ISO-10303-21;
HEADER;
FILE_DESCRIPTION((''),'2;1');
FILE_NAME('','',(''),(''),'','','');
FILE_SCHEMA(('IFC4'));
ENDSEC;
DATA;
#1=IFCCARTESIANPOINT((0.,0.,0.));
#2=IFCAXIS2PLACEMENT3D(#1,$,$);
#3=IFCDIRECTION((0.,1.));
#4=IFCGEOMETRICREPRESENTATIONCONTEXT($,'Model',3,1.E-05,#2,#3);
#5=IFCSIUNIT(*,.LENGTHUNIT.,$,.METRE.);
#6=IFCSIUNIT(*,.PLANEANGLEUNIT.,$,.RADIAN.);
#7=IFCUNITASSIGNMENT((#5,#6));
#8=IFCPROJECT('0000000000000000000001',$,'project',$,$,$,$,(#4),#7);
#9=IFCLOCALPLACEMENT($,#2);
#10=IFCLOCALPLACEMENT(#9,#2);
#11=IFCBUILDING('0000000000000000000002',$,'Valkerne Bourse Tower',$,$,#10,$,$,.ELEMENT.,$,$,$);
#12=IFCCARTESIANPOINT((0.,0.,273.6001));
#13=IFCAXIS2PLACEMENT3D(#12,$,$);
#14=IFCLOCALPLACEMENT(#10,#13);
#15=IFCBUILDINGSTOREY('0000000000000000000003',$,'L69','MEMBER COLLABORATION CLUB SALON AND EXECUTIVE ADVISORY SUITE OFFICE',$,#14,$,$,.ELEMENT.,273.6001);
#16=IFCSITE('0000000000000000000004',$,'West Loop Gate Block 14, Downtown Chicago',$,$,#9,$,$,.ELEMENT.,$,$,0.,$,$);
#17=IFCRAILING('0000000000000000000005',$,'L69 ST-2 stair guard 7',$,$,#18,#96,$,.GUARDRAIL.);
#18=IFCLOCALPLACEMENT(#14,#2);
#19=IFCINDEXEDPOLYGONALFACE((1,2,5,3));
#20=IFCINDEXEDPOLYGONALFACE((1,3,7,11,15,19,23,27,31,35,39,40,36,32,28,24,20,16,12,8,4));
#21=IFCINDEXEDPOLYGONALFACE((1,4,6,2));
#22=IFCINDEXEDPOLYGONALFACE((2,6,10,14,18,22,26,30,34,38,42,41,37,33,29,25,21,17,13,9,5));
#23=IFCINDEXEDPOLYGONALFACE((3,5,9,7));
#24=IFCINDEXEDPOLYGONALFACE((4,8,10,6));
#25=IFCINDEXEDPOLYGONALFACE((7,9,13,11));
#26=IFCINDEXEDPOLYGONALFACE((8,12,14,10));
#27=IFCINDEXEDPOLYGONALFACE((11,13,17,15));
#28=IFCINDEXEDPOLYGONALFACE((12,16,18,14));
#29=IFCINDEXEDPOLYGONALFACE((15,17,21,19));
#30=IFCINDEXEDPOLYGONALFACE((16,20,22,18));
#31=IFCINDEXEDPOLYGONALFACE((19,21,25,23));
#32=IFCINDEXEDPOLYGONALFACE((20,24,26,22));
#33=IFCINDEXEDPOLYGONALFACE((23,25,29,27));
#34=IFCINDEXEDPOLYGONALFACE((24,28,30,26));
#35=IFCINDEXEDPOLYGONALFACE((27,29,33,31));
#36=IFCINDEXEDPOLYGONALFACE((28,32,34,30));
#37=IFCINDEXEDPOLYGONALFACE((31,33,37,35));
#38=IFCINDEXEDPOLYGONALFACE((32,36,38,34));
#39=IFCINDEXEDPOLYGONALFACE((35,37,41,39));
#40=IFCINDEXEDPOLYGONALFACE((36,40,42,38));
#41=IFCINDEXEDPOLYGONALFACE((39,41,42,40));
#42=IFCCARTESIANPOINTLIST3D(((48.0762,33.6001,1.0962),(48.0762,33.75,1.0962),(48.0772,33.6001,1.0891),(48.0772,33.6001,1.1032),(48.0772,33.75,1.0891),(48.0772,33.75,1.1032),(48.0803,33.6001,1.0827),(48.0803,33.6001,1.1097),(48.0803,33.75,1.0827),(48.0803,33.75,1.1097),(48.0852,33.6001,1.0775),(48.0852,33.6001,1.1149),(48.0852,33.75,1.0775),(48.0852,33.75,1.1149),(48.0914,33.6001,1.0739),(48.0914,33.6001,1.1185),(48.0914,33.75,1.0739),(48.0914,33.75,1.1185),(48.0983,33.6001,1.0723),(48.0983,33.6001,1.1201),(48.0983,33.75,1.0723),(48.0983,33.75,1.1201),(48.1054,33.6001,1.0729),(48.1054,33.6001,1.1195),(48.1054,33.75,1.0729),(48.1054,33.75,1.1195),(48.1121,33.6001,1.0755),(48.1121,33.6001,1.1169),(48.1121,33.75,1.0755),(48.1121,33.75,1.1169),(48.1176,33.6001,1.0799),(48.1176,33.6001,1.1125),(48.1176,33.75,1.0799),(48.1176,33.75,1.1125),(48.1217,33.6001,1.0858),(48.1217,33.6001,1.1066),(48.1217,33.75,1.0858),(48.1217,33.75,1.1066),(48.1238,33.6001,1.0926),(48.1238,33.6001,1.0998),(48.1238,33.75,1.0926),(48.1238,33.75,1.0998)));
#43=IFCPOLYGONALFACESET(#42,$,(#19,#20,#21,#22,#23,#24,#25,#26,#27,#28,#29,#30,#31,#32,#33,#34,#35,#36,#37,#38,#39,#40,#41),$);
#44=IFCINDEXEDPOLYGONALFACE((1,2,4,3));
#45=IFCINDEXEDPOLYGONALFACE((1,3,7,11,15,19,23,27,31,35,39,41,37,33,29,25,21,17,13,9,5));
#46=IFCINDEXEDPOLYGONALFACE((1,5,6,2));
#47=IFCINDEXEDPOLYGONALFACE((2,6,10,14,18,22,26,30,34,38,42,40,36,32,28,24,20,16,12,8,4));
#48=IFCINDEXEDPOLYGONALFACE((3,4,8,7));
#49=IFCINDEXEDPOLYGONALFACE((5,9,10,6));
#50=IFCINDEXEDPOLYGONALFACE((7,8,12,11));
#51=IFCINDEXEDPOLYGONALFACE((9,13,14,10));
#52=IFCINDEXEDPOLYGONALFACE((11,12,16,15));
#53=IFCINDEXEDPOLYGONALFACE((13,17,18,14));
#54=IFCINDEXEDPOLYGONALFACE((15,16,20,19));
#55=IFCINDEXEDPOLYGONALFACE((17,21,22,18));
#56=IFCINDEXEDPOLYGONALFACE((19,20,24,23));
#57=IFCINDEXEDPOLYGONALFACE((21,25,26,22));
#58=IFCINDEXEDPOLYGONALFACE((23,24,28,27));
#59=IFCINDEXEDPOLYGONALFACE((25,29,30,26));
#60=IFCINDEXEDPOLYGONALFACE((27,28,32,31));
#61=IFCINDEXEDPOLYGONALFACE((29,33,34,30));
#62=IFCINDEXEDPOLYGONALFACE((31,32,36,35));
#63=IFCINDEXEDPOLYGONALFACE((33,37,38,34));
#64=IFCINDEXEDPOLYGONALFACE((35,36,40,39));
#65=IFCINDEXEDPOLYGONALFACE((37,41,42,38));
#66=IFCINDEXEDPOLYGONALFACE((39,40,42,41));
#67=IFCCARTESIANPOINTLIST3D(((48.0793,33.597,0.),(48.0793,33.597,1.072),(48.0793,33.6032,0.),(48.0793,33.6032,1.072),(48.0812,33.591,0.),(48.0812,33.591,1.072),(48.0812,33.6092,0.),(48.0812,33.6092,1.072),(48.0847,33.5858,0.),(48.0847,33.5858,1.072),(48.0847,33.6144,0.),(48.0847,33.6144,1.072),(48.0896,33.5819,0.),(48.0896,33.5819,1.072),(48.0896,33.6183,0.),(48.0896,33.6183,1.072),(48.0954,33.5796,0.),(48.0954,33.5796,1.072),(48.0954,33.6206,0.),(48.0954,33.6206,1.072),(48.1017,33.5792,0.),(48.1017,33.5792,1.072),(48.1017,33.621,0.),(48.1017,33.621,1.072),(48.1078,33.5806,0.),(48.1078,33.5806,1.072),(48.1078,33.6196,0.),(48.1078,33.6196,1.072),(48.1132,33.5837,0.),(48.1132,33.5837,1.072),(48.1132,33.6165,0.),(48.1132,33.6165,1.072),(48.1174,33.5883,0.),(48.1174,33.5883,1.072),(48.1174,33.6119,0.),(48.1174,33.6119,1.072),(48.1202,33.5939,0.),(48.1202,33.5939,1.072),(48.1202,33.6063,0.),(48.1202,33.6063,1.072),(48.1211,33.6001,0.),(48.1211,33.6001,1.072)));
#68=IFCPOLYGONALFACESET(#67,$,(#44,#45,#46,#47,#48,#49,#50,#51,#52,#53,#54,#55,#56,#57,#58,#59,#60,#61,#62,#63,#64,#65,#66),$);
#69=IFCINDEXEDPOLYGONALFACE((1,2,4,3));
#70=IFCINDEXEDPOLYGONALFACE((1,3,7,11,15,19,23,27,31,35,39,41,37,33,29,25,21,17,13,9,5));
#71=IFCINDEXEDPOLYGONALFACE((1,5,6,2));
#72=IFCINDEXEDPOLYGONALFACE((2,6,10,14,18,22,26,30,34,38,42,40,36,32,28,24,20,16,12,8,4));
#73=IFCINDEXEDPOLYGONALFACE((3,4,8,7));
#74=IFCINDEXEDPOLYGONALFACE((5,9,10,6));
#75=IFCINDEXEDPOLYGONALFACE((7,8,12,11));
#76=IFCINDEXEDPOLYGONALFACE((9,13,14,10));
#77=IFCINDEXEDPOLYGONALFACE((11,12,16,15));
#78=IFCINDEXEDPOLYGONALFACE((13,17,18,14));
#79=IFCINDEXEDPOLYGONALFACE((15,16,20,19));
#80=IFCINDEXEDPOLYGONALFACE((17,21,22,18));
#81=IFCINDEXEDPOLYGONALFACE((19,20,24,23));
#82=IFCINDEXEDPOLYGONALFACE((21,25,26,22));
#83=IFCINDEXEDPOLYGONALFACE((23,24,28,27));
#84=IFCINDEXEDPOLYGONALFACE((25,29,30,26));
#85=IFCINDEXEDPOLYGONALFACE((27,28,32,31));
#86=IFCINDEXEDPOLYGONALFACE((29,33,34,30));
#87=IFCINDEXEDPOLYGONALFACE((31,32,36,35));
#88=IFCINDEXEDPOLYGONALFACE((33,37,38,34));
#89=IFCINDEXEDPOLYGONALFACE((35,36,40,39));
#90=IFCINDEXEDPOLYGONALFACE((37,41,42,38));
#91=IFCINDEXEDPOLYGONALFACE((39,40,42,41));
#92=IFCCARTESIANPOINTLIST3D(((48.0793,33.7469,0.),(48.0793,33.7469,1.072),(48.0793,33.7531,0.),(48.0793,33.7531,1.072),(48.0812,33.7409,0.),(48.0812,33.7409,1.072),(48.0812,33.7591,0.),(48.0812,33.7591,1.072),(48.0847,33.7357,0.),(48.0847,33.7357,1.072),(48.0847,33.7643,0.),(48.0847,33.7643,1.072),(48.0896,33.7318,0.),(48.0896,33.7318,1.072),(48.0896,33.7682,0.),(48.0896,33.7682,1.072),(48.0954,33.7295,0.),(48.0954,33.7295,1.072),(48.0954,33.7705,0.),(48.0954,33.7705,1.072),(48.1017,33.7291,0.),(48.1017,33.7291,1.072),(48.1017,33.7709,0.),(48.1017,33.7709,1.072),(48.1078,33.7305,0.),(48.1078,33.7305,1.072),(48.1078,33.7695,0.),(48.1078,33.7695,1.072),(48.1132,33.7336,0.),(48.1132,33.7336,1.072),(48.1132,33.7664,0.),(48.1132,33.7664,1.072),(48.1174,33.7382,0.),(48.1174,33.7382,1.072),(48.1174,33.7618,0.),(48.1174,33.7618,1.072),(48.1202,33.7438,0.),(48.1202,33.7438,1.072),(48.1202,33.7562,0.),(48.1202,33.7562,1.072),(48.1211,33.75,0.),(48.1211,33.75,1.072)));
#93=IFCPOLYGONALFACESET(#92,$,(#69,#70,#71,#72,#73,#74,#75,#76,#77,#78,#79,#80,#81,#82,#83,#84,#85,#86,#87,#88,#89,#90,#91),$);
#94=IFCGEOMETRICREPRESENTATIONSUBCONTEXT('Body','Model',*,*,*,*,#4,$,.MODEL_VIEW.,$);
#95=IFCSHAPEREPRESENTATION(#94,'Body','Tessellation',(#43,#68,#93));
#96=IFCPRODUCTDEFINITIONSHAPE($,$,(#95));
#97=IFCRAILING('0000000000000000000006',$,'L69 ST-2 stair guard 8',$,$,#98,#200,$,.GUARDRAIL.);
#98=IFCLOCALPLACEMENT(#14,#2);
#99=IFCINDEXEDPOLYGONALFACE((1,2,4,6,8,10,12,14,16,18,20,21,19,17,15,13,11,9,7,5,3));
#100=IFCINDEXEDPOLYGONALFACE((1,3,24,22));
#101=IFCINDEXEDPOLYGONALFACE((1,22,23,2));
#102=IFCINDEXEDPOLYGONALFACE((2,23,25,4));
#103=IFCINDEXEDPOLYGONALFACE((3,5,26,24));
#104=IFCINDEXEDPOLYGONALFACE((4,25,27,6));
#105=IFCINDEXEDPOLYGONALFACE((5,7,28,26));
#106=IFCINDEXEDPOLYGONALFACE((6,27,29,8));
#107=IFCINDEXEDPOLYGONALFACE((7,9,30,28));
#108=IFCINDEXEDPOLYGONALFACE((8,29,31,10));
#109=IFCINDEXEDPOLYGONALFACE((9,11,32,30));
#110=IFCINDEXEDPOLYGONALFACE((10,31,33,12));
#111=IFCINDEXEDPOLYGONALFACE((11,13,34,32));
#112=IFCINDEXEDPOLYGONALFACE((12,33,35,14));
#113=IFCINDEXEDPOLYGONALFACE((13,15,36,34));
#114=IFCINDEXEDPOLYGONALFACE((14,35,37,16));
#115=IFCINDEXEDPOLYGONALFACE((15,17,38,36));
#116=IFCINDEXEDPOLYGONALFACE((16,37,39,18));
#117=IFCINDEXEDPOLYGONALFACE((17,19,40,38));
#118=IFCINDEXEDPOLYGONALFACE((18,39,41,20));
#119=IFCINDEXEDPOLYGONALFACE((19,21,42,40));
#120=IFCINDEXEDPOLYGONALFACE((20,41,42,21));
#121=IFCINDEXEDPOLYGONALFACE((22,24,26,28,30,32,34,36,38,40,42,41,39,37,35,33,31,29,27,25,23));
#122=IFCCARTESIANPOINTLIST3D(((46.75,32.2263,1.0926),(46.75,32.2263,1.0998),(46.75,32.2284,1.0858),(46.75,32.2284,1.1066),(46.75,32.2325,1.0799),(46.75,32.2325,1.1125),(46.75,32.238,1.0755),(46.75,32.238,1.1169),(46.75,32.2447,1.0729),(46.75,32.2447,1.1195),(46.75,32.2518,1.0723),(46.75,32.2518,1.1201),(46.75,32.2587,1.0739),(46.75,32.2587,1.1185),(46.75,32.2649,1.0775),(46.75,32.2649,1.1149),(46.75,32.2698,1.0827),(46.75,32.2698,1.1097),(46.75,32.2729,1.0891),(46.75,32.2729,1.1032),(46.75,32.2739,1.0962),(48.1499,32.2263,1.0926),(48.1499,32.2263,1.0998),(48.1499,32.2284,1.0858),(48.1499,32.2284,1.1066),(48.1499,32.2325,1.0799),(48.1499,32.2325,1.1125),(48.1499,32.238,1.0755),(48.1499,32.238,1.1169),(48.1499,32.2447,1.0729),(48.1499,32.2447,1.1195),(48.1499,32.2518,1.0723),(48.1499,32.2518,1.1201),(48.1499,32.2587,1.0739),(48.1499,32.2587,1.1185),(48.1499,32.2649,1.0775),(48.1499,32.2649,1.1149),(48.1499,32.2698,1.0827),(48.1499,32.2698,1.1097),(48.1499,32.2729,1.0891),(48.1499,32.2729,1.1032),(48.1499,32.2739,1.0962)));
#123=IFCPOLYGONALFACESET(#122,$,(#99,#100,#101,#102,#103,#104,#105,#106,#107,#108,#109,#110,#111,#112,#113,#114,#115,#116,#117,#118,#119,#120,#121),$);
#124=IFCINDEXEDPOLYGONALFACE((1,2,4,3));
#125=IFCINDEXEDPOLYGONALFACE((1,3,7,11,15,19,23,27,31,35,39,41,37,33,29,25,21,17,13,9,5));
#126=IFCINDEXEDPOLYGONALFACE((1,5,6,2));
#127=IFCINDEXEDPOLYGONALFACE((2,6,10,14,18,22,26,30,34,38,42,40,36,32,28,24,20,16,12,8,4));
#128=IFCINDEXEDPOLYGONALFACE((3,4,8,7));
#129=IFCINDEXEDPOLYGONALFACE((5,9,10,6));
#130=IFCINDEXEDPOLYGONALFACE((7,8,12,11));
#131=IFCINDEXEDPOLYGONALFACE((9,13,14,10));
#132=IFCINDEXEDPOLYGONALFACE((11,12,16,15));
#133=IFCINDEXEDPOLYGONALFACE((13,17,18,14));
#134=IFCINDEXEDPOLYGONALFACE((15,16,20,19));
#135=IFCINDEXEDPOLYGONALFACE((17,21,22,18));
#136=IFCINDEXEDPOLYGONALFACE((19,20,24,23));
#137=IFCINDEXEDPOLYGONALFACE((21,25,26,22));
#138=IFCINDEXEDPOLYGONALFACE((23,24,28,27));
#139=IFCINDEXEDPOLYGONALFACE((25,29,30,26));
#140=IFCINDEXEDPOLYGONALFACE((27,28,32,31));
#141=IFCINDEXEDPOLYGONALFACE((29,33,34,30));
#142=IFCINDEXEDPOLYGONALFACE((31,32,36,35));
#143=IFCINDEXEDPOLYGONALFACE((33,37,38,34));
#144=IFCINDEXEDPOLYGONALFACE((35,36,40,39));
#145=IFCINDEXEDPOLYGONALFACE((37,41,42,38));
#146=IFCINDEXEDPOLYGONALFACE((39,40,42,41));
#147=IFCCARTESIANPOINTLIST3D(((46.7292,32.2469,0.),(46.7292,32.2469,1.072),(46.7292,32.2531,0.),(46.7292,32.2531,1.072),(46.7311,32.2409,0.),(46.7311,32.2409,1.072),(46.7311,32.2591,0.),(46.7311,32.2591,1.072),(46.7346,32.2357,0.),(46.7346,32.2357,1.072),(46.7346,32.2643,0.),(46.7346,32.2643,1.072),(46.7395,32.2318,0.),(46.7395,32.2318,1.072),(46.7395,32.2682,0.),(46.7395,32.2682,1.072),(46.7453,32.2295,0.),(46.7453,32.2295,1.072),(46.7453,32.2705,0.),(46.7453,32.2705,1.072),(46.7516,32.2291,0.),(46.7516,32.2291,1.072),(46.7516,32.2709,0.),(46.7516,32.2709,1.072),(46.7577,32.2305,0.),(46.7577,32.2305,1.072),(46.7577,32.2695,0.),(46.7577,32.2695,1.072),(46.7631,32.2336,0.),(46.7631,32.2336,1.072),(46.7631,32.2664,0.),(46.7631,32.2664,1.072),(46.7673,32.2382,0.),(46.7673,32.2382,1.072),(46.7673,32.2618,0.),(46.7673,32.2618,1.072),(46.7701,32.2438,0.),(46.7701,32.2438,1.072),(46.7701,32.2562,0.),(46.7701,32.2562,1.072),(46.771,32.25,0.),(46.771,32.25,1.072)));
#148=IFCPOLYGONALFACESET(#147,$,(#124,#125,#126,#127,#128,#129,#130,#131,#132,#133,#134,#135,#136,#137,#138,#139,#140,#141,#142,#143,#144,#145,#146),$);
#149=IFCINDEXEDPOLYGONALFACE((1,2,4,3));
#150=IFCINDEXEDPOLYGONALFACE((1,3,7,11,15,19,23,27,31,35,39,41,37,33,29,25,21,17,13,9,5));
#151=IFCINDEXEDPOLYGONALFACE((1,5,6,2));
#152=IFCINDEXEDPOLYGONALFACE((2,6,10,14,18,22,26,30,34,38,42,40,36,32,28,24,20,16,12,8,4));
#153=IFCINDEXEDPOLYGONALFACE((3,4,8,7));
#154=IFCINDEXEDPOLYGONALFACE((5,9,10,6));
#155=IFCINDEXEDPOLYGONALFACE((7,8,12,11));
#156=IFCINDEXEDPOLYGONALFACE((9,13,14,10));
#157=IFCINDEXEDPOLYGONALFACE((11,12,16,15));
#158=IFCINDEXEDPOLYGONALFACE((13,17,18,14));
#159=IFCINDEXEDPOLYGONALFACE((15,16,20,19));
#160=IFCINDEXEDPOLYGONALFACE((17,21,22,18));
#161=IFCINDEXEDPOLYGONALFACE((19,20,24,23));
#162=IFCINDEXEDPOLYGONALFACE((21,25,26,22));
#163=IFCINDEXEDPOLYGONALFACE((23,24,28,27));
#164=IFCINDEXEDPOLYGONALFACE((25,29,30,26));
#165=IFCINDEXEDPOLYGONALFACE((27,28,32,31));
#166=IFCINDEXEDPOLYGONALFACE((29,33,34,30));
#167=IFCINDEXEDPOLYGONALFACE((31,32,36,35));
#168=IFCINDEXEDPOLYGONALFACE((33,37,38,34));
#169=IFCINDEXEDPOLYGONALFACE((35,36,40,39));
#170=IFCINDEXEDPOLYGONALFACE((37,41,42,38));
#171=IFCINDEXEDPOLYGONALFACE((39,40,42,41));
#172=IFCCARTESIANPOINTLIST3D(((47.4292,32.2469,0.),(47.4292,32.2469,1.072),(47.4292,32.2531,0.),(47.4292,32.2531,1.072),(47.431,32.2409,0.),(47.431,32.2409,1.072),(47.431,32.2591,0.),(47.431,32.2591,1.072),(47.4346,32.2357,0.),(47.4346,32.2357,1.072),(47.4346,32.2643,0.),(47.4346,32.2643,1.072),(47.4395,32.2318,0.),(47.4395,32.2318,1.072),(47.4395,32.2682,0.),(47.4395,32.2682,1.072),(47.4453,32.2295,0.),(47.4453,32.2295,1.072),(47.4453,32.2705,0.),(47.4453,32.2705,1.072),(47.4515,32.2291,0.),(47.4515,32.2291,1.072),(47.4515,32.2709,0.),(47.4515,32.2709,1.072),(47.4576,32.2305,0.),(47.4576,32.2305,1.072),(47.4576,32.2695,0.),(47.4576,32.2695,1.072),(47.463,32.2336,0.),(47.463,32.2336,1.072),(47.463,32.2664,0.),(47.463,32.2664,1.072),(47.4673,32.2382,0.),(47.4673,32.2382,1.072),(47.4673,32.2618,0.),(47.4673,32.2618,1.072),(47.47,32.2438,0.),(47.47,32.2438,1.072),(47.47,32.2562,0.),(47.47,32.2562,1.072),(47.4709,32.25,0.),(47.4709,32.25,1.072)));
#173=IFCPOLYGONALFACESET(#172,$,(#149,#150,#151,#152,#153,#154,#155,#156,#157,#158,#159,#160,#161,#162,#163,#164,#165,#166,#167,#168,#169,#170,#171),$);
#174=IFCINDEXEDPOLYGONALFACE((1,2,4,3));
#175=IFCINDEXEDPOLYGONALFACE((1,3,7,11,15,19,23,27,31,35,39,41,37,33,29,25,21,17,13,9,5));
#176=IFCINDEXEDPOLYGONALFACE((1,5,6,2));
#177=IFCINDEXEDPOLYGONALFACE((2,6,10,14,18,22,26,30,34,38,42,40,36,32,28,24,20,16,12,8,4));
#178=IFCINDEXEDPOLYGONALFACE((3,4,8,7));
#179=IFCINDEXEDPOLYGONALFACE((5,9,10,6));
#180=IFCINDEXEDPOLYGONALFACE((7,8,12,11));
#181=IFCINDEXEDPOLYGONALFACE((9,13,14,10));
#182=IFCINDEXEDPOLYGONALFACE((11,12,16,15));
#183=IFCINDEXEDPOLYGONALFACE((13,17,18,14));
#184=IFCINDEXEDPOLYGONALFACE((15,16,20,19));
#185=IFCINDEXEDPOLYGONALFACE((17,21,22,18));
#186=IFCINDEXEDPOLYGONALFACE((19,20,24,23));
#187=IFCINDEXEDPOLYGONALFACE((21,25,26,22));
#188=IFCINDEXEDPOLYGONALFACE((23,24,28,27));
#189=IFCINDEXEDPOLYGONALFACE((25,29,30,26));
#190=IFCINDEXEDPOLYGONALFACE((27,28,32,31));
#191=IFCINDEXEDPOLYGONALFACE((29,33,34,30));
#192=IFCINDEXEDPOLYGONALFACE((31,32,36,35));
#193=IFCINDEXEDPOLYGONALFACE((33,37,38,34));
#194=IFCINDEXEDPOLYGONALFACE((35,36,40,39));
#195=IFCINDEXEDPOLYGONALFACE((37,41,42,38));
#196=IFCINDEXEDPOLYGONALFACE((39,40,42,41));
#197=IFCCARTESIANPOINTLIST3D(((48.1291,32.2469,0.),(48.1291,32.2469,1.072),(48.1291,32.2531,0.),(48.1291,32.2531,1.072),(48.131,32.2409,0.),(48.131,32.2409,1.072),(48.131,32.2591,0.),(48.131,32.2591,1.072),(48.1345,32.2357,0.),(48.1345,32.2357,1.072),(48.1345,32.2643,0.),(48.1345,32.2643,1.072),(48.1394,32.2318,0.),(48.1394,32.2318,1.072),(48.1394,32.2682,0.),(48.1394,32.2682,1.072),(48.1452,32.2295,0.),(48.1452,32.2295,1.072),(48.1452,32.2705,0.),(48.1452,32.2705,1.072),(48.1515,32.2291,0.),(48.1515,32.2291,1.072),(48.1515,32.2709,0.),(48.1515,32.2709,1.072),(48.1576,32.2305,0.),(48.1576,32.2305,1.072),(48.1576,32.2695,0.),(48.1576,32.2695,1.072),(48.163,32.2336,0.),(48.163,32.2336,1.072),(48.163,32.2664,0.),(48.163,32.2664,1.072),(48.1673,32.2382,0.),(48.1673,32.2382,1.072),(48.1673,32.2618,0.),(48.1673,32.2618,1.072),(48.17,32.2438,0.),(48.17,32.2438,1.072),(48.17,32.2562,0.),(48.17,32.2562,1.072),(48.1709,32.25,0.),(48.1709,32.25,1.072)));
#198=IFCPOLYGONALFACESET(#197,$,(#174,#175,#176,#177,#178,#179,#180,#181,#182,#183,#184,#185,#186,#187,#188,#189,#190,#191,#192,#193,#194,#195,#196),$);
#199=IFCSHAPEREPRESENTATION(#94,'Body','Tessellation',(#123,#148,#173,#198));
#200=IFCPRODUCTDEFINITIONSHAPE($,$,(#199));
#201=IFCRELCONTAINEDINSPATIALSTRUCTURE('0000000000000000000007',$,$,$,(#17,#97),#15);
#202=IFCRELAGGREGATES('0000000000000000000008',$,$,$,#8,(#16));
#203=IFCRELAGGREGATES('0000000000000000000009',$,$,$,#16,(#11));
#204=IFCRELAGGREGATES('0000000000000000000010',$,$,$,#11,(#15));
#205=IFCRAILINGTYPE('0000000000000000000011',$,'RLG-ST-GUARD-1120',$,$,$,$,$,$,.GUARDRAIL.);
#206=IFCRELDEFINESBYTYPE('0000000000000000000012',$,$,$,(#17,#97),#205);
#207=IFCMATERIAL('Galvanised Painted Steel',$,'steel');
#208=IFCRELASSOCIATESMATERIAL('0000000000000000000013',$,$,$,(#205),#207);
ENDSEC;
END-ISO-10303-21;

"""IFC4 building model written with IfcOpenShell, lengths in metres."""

from ifc_helpers import new_model, si_unit, direction, frame, origin, origin_2d, place, context, subcontext, project, spatial, circle, extrude, material, type_object, element, save


model = new_model("IFC4")

# Units and contexts
model_context = context("Model", 3, precision=1e-05, world=origin(), true_north=direction((0.0, 1.0)))
body_context = subcontext(model_context, "Body", "Model", "MODEL_VIEW")
ifc_project = project(units=[si_unit("LENGTHUNIT", "METRE"), si_unit("PLANEANGLEUNIT", "RADIAN")], contexts=[model_context])

# Site, building, storey
site_placement = place(None, origin())
site = spatial("IfcSite", under=ifc_project, at=site_placement, Name="West Loop Gate Block 14, Downtown Chicago", CompositionType="ELEMENT", RefElevation=0.0)
building_placement = place(site_placement, origin())
building = spatial("IfcBuilding", under=site, at=building_placement, Name="Valkerne Bourse Tower", CompositionType="ELEMENT")
storey_placement = place(building_placement, frame((0.0, 0.0, 273.6001)))
storey = spatial("IfcBuildingStorey", under=building, at=storey_placement, Name="L69", Description="MEMBER COLLABORATION CLUB SALON AND EXECUTIVE ADVISORY SUITE OFFICE", CompositionType="ELEMENT", Elevation=273.6001)

# Shared definitions
ifc_material_1 = material(Name="Galvanised Painted Steel", Category="steel")

# Railings
railing_type_1 = type_object("IfcRailingType", Name="RLG-ST-GUARD-1120", PredefinedType="GUARDRAIL", material=ifc_material_1)
railing_1_placement = place(storey_placement, frame((48.1001, 33.6001, 0.0)))
element("IfcRailing", 1, at=railing_1_placement, inside=storey, type_object=railing_type_1, Name="L69 ST-2 stair guard 7", PredefinedType="GUARDRAIL", context=body_context, shape_type="SweptSolid", body=[
    extrude(circle(Radius=0.0239, at=origin_2d()), frame((0.0, 0.0, 1.0962), z_axis=(0.0, 1.0, 0.0), x_axis=(-1.0, 0.0, 0.0)), (0.0, 0.0, 1.0), 0.1499),
    extrude(circle(Radius=0.021, at=origin_2d()), origin(), (0.0, 0.0, 1.0), 1.072),
    extrude(circle(Radius=0.021, at=origin_2d()), frame((0.0, 0.1499, 0.0)), (0.0, 0.0, 1.0), 1.072),
])
for number, where, name in (
    (2, (46.75, 32.25, 0.0), "L69 ST-2 stair guard 8"),
):
    element("IfcRailing", number, at=place(storey_placement, frame(where)), inside=storey, type_object=railing_type_1, Name=name, PredefinedType="GUARDRAIL", context=body_context, shape_type="SweptSolid", body=[
        extrude(circle(Radius=0.0239, at=origin_2d()), frame((0.0, 0.0, 1.0962), z_axis=(1.0, 0.0, 0.0), x_axis=(0.0, 1.0, 0.0)), (0.0, 0.0, 1.0), 1.3999),
        extrude(circle(Radius=0.021, at=origin_2d()), origin(), (0.0, 0.0, 1.0), 1.072),
        extrude(circle(Radius=0.021, at=origin_2d()), frame((0.7, 0.0, 0.0)), (0.0, 0.0, 1.0), 1.072),
        extrude(circle(Radius=0.021, at=origin_2d()), frame((1.3999, 0.0, 0.0)), (0.0, 0.0, 1.0), 1.072),
    ])

save(model, "model.ifc")
